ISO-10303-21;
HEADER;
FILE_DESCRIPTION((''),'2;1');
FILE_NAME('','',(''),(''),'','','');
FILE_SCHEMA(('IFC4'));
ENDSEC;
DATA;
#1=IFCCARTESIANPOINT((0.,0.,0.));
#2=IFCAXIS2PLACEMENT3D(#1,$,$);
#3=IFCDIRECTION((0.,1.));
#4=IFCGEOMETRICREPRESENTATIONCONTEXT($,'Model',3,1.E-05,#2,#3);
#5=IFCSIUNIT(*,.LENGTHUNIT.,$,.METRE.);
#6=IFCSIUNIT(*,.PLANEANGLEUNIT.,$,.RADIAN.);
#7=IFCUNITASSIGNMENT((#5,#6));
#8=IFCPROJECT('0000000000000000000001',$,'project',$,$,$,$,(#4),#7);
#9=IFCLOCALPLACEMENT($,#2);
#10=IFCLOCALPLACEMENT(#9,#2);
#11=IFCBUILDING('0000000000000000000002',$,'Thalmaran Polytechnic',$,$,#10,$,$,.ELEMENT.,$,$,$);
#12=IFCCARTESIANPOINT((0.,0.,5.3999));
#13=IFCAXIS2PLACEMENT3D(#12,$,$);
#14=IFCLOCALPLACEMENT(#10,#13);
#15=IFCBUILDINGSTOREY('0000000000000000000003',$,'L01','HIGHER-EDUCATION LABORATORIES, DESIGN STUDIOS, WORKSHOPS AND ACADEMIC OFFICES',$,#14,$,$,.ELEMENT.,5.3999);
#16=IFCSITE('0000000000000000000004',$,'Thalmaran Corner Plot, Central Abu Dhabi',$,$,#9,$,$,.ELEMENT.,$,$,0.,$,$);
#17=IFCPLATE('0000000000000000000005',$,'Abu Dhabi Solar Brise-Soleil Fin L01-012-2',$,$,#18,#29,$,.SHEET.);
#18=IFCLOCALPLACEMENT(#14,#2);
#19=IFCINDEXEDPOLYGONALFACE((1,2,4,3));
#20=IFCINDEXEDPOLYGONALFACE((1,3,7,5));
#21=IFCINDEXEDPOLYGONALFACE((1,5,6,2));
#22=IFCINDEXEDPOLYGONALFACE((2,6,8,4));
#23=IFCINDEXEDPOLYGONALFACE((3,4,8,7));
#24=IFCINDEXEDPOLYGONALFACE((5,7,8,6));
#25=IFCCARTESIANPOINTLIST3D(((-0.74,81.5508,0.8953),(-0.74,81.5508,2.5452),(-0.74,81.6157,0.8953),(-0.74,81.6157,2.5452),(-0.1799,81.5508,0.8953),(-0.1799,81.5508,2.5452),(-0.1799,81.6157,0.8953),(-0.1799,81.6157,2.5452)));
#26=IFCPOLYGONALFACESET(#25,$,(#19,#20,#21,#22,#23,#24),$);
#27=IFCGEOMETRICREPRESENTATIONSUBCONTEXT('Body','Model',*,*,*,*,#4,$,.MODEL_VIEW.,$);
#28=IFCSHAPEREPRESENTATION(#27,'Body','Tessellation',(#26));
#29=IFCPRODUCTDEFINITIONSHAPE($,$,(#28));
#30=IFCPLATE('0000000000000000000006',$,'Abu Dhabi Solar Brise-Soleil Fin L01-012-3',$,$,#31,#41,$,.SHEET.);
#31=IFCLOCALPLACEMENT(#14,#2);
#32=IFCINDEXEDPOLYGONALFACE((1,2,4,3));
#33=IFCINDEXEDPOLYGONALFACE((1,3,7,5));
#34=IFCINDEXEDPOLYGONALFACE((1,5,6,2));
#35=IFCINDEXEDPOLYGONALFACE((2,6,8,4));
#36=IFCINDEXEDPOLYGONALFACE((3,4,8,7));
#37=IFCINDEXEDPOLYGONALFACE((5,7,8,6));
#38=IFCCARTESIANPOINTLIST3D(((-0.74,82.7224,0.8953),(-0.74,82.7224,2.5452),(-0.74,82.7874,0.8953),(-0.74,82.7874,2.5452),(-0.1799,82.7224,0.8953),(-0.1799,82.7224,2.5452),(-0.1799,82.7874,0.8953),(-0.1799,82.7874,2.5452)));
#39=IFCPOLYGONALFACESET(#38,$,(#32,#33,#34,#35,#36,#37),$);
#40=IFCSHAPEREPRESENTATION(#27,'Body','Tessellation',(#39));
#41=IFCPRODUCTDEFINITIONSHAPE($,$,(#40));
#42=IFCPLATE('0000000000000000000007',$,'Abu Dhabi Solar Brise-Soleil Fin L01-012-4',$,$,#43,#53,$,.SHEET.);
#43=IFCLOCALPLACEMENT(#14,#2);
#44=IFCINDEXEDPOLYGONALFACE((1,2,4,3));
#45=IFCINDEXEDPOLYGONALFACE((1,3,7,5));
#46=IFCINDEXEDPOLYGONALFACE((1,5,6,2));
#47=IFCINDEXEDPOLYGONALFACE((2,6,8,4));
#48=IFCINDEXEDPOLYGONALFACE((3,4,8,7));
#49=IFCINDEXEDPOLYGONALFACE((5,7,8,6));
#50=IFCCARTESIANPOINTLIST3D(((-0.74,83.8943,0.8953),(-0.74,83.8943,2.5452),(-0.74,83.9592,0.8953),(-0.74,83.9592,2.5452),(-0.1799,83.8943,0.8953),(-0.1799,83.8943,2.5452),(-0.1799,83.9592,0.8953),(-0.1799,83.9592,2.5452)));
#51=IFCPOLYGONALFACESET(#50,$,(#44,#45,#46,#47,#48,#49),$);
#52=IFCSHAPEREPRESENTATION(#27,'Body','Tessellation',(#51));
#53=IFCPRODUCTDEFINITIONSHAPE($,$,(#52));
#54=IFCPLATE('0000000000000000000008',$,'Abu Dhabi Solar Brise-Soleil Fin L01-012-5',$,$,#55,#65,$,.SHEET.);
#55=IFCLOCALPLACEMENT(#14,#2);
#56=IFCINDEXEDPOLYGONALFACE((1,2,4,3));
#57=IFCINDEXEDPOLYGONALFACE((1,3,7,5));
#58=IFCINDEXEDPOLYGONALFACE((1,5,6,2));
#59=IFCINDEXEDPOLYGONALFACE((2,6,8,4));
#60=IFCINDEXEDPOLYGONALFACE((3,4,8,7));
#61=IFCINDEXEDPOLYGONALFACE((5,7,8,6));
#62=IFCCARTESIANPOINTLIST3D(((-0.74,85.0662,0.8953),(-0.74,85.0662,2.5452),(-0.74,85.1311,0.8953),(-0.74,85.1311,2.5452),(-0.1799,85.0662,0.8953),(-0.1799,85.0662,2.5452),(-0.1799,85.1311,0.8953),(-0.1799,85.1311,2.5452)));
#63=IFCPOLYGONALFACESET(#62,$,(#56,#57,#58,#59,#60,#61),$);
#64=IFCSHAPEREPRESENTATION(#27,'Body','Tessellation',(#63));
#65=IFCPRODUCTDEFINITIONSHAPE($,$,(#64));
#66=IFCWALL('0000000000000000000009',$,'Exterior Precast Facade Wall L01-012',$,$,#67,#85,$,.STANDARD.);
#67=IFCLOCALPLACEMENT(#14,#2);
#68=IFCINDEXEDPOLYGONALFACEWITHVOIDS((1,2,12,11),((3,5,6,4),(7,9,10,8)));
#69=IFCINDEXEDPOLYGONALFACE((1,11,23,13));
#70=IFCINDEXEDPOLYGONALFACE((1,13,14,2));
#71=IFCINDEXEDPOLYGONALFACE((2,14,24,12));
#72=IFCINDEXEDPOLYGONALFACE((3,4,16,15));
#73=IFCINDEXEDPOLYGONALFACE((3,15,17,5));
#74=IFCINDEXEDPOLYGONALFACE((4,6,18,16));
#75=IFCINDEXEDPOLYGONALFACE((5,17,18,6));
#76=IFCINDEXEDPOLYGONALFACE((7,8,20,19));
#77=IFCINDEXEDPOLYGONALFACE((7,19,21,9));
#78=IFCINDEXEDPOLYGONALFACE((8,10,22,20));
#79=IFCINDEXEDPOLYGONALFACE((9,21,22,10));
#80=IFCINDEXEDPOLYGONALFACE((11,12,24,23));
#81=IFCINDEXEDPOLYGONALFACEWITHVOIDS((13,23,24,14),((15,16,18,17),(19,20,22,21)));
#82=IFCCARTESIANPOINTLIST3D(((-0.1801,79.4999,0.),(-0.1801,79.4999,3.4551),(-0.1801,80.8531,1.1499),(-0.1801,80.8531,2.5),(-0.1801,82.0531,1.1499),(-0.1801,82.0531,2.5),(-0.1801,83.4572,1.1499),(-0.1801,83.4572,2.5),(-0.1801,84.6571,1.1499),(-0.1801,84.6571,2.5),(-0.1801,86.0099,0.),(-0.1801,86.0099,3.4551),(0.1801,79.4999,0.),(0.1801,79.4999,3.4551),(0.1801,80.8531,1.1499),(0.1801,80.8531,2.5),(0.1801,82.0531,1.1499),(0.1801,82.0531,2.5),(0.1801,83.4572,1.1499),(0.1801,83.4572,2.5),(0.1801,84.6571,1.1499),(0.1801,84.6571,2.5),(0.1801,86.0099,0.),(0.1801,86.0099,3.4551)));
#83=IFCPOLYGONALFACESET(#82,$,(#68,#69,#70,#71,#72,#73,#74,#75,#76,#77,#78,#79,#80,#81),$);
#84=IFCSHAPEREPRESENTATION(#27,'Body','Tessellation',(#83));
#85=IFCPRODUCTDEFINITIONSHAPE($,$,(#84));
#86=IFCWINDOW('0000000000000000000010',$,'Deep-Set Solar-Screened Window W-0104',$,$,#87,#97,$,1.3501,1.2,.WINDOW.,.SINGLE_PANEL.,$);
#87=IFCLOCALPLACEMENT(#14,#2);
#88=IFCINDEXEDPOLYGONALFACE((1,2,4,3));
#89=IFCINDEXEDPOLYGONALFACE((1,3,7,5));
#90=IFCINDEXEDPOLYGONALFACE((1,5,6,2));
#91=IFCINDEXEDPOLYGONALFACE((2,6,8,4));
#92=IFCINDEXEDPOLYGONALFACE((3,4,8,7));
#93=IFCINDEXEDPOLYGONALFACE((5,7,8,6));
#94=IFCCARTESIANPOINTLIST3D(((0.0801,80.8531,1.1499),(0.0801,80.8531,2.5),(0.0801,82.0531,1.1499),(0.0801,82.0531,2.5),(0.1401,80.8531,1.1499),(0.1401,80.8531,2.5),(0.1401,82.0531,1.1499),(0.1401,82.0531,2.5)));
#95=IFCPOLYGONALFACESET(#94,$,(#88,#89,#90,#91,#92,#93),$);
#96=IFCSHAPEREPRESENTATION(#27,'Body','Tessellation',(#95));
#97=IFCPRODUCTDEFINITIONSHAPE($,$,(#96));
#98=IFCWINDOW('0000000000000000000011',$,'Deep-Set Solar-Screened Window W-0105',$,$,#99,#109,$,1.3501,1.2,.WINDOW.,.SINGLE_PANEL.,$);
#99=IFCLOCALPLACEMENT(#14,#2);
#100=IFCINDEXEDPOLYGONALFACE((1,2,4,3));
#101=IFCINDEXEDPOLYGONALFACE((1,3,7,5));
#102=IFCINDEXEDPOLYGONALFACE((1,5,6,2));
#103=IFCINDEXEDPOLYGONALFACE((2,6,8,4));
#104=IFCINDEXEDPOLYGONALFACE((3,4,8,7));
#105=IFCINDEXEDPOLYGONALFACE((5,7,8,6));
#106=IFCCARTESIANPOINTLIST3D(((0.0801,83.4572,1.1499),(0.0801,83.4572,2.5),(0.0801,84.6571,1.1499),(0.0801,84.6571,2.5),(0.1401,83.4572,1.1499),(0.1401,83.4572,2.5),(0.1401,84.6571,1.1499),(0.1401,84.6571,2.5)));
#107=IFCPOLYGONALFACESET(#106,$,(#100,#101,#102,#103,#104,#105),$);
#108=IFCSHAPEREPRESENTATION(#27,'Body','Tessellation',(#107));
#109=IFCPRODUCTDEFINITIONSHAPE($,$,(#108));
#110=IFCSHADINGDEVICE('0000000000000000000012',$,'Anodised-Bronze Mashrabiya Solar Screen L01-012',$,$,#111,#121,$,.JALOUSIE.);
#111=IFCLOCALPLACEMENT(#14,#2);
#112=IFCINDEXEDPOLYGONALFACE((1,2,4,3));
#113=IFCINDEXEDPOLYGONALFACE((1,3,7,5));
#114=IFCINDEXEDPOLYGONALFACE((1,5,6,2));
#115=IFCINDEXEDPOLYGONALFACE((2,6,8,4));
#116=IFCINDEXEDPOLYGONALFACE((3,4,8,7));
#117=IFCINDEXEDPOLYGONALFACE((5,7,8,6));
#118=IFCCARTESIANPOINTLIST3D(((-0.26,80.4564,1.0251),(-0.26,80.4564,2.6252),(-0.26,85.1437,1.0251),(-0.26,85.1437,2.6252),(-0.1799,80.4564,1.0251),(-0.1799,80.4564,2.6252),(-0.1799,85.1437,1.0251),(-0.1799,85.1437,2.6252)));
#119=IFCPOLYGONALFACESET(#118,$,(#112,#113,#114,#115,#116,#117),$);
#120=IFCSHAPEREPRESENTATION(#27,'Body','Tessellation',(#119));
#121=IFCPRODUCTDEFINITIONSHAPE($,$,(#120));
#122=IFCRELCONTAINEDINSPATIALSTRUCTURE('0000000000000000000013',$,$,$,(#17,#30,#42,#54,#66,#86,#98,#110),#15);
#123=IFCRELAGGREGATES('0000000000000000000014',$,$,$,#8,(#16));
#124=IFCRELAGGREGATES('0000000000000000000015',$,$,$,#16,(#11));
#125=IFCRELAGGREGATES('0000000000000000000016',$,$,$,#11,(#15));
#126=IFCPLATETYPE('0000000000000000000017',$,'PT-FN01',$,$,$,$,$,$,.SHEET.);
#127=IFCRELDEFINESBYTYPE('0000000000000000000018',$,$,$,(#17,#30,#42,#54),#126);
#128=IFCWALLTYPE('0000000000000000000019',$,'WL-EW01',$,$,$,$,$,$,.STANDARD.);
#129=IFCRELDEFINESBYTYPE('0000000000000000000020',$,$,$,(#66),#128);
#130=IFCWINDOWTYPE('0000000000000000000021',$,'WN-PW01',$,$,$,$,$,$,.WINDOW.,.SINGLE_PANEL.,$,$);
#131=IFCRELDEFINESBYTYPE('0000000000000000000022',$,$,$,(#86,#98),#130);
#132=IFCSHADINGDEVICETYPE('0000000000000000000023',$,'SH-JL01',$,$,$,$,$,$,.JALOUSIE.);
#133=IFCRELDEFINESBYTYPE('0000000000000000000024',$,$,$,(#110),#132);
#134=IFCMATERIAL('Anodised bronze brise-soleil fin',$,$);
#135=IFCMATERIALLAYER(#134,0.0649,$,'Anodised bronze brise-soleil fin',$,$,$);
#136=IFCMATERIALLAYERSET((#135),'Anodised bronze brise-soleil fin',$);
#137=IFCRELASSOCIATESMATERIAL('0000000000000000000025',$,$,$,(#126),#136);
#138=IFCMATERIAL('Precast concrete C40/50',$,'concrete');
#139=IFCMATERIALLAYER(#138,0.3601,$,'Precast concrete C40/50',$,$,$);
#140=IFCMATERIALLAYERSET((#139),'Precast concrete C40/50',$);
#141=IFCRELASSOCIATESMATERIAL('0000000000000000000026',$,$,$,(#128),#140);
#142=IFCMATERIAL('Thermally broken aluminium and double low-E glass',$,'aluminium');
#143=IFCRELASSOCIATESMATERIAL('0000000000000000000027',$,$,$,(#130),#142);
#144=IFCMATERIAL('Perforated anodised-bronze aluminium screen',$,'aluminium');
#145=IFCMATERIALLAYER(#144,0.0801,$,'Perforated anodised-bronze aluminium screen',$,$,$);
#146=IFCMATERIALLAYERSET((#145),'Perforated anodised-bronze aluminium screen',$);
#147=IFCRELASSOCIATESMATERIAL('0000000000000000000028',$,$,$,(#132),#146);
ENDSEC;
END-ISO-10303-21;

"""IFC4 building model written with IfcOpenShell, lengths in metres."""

from ifc_helpers import new_model, si_unit, direction, frame, frame_2d, origin, origin_2d, place, context, subcontext, project, spatial, rectangle, extrude, material, layer, layer_set, type_object, element, fill, save


model = new_model("IFC4")

# Units and contexts
model_context = context("Model", 3, precision=1e-05, world=origin(), true_north=direction((0.0, 1.0)))
body_context = subcontext(model_context, "Body", "Model", "MODEL_VIEW")
ifc_project = project(units=[si_unit("LENGTHUNIT", "METRE"), si_unit("PLANEANGLEUNIT", "RADIAN")], contexts=[model_context])

# Site, building, storey
site_placement = place(None, origin())
site = spatial("IfcSite", under=ifc_project, at=site_placement, Name="Thalmaran Corner Plot, Central Abu Dhabi", CompositionType="ELEMENT", RefElevation=0.0)
building_placement = place(site_placement, origin())
building = spatial("IfcBuilding", under=site, at=building_placement, Name="Thalmaran Polytechnic", CompositionType="ELEMENT")
storey_placement = place(building_placement, frame((0.0, 0.0, 5.3999)))
storey = spatial("IfcBuildingStorey", under=building, at=storey_placement, Name="L01", Description="HIGHER-EDUCATION LABORATORIES, DESIGN STUDIOS, WORKSHOPS AND ACADEMIC OFFICES", CompositionType="ELEMENT", Elevation=5.3999)

# Plates
ifc_material_1 = material(Name="Anodised bronze brise-soleil fin")
ifc_layer_1 = layer(ifc_material_1, 0.0649, Name="Anodised bronze brise-soleil fin")
ifc_layer_set_1 = layer_set([ifc_layer_1], Name="Anodised bronze brise-soleil fin")
plate_type_1 = type_object("IfcPlateType", Name="PT-FN01", PredefinedType="SHEET", material=ifc_layer_set_1)
for number, where, z_axis, x_axis, name in (
    (1, (-0.46, 81.5833, 0.8953), (0.0, 0.0, 1.0), (0.0, 1.0, 0.0), "Abu Dhabi Solar Brise-Soleil Fin L01-012-2"),
    (2, (-0.46, 82.7549, 0.8953), (0.0, 0.0, 1.0), (0.0, 1.0, 0.0), "Abu Dhabi Solar Brise-Soleil Fin L01-012-3"),
    (3, (-0.46, 83.9268, 0.8953), (0.0, 0.0, 1.0), (0.0, 1.0, 0.0), "Abu Dhabi Solar Brise-Soleil Fin L01-012-4"),
    (4, (-0.46, 85.0986, 0.8953), (0.0, 0.0, 1.0), (0.0, 1.0, 0.0), "Abu Dhabi Solar Brise-Soleil Fin L01-012-5"),
):
    element("IfcPlate", number, at=place(storey_placement, frame(where, z_axis=z_axis, x_axis=x_axis)), inside=storey, type_object=plate_type_1, Name=name, PredefinedType="SHEET", context=body_context, shape_type="SweptSolid", body=[
        extrude(rectangle(XDim=0.0649, YDim=0.5601, at=origin_2d()), origin(), (0.0, 0.0, 1.0), 1.6499),
    ])

# Wall, openings, windows
ifc_material_2 = material(Name="Precast concrete C40/50", Category="concrete")
ifc_layer_2 = layer(ifc_material_2, 0.3601, Name="Precast concrete C40/50")
ifc_layer_set_2 = layer_set([ifc_layer_2], Name="Precast concrete C40/50")
wall_type = type_object("IfcWallType", Name="WL-EW01", PredefinedType="STANDARD", material=ifc_layer_set_2)
wall_placement = place(storey_placement, frame((0.0, 79.5, 0.0), z_axis=(0.0, 0.0, 1.0), x_axis=(0.0, 1.0, 0.0)))
wall = element("IfcWall", 5, at=wall_placement, inside=storey, type_object=wall_type, Name="Exterior Precast Facade Wall L01-012", PredefinedType="STANDARD", context=body_context, shape_type="SweptSolid", body=[
    extrude(rectangle(XDim=6.51, YDim=0.3601, at=frame_2d((3.2549, 0.0))), origin(), (0.0, 0.0, 1.0), 3.4551),
])
opening_1_placement = place(wall_placement, frame((1.353, 0.0, 1.1499)))
opening_1 = element("IfcOpeningElement", 6, at=opening_1_placement, cuts=wall, PredefinedType="OPENING", context=body_context, shape_type="SweptSolid", body=[
    extrude(rectangle(XDim=1.2, YDim=1.3501, at=frame_2d((0.6001, 0.675))), frame((0.0, 0.1899, 0.0), z_axis=(0.0, -1.0, 0.0), x_axis=(1.0, 0.0, 0.0)), (0.0, 0.0, 1.0), 0.3801),
])
opening_2_placement = place(wall_placement, frame((3.957, 0.0, 1.1499)))
opening_2 = element("IfcOpeningElement", 7, at=opening_2_placement, cuts=wall, PredefinedType="OPENING", context=body_context, shape_type="SweptSolid", body=[
    extrude(rectangle(XDim=1.2, YDim=1.3501, at=frame_2d((0.6001, 0.675))), frame((0.0, 0.1899, 0.0), z_axis=(0.0, -1.0, 0.0), x_axis=(1.0, 0.0, 0.0)), (0.0, 0.0, 1.0), 0.3801),
])
ifc_material_3 = material(Name="Thermally broken aluminium and double low-E glass", Category="aluminium")
window_type = type_object("IfcWindowType", Name="WN-PW01", PartitioningType="SINGLE_PANEL", PredefinedType="WINDOW", material=ifc_material_3)
window_1_placement = place(opening_1_placement, origin())
window_1 = element("IfcWindow", 8, at=window_1_placement, inside=storey, type_object=window_type, Name="Deep-Set Solar-Screened Window W-0104", OverallHeight=1.3501, OverallWidth=1.2, PartitioningType="SINGLE_PANEL", PredefinedType="WINDOW", context=body_context, shape_type="SweptSolid", body=[
    extrude(rectangle(XDim=1.2, YDim=1.3501, at=frame_2d((0.6001, 0.675))), frame((0.0, -0.0801, 0.0), z_axis=(0.0, -1.0, 0.0), x_axis=(1.0, 0.0, 0.0)), (0.0, 0.0, 1.0), 0.0601),
])
fill(opening_1, window_1)
window_2_placement = place(opening_2_placement, origin())
window_2 = element("IfcWindow", 9, at=window_2_placement, inside=storey, type_object=window_type, Name="Deep-Set Solar-Screened Window W-0105", OverallHeight=1.3501, OverallWidth=1.2, PartitioningType="SINGLE_PANEL", PredefinedType="WINDOW", context=body_context, shape_type="SweptSolid", body=[
    extrude(rectangle(XDim=1.2, YDim=1.3501, at=frame_2d((0.6001, 0.675))), frame((0.0, -0.0801, 0.0), z_axis=(0.0, -1.0, 0.0), x_axis=(1.0, 0.0, 0.0)), (0.0, 0.0, 1.0), 0.0601),
])
fill(opening_2, window_2)

# Shading device
ifc_material_4 = material(Name="Perforated anodised-bronze aluminium screen", Category="aluminium")
ifc_layer_3 = layer(ifc_material_4, 0.0801, Name="Perforated anodised-bronze aluminium screen")
ifc_layer_set_3 = layer_set([ifc_layer_3], Name="Perforated anodised-bronze aluminium screen")
shading_device_type = type_object("IfcShadingDeviceType", Name="SH-JL01", PredefinedType="JALOUSIE", material=ifc_layer_set_3)
shading_device_placement = place(storey_placement, frame((-0.22, 82.8, 1.0251), z_axis=(0.0, 0.0, 1.0), x_axis=(0.0, 1.0, 0.0)))
element("IfcShadingDevice", 10, at=shading_device_placement, inside=storey, type_object=shading_device_type, Name="Anodised-Bronze Mashrabiya Solar Screen L01-012", PredefinedType="JALOUSIE", context=body_context, shape_type="SweptSolid", body=[
    extrude(rectangle(XDim=4.6873, YDim=0.0801, at=origin_2d()), origin(), (0.0, 0.0, 1.0), 1.6001),
])

save(model, "model.ifc")
